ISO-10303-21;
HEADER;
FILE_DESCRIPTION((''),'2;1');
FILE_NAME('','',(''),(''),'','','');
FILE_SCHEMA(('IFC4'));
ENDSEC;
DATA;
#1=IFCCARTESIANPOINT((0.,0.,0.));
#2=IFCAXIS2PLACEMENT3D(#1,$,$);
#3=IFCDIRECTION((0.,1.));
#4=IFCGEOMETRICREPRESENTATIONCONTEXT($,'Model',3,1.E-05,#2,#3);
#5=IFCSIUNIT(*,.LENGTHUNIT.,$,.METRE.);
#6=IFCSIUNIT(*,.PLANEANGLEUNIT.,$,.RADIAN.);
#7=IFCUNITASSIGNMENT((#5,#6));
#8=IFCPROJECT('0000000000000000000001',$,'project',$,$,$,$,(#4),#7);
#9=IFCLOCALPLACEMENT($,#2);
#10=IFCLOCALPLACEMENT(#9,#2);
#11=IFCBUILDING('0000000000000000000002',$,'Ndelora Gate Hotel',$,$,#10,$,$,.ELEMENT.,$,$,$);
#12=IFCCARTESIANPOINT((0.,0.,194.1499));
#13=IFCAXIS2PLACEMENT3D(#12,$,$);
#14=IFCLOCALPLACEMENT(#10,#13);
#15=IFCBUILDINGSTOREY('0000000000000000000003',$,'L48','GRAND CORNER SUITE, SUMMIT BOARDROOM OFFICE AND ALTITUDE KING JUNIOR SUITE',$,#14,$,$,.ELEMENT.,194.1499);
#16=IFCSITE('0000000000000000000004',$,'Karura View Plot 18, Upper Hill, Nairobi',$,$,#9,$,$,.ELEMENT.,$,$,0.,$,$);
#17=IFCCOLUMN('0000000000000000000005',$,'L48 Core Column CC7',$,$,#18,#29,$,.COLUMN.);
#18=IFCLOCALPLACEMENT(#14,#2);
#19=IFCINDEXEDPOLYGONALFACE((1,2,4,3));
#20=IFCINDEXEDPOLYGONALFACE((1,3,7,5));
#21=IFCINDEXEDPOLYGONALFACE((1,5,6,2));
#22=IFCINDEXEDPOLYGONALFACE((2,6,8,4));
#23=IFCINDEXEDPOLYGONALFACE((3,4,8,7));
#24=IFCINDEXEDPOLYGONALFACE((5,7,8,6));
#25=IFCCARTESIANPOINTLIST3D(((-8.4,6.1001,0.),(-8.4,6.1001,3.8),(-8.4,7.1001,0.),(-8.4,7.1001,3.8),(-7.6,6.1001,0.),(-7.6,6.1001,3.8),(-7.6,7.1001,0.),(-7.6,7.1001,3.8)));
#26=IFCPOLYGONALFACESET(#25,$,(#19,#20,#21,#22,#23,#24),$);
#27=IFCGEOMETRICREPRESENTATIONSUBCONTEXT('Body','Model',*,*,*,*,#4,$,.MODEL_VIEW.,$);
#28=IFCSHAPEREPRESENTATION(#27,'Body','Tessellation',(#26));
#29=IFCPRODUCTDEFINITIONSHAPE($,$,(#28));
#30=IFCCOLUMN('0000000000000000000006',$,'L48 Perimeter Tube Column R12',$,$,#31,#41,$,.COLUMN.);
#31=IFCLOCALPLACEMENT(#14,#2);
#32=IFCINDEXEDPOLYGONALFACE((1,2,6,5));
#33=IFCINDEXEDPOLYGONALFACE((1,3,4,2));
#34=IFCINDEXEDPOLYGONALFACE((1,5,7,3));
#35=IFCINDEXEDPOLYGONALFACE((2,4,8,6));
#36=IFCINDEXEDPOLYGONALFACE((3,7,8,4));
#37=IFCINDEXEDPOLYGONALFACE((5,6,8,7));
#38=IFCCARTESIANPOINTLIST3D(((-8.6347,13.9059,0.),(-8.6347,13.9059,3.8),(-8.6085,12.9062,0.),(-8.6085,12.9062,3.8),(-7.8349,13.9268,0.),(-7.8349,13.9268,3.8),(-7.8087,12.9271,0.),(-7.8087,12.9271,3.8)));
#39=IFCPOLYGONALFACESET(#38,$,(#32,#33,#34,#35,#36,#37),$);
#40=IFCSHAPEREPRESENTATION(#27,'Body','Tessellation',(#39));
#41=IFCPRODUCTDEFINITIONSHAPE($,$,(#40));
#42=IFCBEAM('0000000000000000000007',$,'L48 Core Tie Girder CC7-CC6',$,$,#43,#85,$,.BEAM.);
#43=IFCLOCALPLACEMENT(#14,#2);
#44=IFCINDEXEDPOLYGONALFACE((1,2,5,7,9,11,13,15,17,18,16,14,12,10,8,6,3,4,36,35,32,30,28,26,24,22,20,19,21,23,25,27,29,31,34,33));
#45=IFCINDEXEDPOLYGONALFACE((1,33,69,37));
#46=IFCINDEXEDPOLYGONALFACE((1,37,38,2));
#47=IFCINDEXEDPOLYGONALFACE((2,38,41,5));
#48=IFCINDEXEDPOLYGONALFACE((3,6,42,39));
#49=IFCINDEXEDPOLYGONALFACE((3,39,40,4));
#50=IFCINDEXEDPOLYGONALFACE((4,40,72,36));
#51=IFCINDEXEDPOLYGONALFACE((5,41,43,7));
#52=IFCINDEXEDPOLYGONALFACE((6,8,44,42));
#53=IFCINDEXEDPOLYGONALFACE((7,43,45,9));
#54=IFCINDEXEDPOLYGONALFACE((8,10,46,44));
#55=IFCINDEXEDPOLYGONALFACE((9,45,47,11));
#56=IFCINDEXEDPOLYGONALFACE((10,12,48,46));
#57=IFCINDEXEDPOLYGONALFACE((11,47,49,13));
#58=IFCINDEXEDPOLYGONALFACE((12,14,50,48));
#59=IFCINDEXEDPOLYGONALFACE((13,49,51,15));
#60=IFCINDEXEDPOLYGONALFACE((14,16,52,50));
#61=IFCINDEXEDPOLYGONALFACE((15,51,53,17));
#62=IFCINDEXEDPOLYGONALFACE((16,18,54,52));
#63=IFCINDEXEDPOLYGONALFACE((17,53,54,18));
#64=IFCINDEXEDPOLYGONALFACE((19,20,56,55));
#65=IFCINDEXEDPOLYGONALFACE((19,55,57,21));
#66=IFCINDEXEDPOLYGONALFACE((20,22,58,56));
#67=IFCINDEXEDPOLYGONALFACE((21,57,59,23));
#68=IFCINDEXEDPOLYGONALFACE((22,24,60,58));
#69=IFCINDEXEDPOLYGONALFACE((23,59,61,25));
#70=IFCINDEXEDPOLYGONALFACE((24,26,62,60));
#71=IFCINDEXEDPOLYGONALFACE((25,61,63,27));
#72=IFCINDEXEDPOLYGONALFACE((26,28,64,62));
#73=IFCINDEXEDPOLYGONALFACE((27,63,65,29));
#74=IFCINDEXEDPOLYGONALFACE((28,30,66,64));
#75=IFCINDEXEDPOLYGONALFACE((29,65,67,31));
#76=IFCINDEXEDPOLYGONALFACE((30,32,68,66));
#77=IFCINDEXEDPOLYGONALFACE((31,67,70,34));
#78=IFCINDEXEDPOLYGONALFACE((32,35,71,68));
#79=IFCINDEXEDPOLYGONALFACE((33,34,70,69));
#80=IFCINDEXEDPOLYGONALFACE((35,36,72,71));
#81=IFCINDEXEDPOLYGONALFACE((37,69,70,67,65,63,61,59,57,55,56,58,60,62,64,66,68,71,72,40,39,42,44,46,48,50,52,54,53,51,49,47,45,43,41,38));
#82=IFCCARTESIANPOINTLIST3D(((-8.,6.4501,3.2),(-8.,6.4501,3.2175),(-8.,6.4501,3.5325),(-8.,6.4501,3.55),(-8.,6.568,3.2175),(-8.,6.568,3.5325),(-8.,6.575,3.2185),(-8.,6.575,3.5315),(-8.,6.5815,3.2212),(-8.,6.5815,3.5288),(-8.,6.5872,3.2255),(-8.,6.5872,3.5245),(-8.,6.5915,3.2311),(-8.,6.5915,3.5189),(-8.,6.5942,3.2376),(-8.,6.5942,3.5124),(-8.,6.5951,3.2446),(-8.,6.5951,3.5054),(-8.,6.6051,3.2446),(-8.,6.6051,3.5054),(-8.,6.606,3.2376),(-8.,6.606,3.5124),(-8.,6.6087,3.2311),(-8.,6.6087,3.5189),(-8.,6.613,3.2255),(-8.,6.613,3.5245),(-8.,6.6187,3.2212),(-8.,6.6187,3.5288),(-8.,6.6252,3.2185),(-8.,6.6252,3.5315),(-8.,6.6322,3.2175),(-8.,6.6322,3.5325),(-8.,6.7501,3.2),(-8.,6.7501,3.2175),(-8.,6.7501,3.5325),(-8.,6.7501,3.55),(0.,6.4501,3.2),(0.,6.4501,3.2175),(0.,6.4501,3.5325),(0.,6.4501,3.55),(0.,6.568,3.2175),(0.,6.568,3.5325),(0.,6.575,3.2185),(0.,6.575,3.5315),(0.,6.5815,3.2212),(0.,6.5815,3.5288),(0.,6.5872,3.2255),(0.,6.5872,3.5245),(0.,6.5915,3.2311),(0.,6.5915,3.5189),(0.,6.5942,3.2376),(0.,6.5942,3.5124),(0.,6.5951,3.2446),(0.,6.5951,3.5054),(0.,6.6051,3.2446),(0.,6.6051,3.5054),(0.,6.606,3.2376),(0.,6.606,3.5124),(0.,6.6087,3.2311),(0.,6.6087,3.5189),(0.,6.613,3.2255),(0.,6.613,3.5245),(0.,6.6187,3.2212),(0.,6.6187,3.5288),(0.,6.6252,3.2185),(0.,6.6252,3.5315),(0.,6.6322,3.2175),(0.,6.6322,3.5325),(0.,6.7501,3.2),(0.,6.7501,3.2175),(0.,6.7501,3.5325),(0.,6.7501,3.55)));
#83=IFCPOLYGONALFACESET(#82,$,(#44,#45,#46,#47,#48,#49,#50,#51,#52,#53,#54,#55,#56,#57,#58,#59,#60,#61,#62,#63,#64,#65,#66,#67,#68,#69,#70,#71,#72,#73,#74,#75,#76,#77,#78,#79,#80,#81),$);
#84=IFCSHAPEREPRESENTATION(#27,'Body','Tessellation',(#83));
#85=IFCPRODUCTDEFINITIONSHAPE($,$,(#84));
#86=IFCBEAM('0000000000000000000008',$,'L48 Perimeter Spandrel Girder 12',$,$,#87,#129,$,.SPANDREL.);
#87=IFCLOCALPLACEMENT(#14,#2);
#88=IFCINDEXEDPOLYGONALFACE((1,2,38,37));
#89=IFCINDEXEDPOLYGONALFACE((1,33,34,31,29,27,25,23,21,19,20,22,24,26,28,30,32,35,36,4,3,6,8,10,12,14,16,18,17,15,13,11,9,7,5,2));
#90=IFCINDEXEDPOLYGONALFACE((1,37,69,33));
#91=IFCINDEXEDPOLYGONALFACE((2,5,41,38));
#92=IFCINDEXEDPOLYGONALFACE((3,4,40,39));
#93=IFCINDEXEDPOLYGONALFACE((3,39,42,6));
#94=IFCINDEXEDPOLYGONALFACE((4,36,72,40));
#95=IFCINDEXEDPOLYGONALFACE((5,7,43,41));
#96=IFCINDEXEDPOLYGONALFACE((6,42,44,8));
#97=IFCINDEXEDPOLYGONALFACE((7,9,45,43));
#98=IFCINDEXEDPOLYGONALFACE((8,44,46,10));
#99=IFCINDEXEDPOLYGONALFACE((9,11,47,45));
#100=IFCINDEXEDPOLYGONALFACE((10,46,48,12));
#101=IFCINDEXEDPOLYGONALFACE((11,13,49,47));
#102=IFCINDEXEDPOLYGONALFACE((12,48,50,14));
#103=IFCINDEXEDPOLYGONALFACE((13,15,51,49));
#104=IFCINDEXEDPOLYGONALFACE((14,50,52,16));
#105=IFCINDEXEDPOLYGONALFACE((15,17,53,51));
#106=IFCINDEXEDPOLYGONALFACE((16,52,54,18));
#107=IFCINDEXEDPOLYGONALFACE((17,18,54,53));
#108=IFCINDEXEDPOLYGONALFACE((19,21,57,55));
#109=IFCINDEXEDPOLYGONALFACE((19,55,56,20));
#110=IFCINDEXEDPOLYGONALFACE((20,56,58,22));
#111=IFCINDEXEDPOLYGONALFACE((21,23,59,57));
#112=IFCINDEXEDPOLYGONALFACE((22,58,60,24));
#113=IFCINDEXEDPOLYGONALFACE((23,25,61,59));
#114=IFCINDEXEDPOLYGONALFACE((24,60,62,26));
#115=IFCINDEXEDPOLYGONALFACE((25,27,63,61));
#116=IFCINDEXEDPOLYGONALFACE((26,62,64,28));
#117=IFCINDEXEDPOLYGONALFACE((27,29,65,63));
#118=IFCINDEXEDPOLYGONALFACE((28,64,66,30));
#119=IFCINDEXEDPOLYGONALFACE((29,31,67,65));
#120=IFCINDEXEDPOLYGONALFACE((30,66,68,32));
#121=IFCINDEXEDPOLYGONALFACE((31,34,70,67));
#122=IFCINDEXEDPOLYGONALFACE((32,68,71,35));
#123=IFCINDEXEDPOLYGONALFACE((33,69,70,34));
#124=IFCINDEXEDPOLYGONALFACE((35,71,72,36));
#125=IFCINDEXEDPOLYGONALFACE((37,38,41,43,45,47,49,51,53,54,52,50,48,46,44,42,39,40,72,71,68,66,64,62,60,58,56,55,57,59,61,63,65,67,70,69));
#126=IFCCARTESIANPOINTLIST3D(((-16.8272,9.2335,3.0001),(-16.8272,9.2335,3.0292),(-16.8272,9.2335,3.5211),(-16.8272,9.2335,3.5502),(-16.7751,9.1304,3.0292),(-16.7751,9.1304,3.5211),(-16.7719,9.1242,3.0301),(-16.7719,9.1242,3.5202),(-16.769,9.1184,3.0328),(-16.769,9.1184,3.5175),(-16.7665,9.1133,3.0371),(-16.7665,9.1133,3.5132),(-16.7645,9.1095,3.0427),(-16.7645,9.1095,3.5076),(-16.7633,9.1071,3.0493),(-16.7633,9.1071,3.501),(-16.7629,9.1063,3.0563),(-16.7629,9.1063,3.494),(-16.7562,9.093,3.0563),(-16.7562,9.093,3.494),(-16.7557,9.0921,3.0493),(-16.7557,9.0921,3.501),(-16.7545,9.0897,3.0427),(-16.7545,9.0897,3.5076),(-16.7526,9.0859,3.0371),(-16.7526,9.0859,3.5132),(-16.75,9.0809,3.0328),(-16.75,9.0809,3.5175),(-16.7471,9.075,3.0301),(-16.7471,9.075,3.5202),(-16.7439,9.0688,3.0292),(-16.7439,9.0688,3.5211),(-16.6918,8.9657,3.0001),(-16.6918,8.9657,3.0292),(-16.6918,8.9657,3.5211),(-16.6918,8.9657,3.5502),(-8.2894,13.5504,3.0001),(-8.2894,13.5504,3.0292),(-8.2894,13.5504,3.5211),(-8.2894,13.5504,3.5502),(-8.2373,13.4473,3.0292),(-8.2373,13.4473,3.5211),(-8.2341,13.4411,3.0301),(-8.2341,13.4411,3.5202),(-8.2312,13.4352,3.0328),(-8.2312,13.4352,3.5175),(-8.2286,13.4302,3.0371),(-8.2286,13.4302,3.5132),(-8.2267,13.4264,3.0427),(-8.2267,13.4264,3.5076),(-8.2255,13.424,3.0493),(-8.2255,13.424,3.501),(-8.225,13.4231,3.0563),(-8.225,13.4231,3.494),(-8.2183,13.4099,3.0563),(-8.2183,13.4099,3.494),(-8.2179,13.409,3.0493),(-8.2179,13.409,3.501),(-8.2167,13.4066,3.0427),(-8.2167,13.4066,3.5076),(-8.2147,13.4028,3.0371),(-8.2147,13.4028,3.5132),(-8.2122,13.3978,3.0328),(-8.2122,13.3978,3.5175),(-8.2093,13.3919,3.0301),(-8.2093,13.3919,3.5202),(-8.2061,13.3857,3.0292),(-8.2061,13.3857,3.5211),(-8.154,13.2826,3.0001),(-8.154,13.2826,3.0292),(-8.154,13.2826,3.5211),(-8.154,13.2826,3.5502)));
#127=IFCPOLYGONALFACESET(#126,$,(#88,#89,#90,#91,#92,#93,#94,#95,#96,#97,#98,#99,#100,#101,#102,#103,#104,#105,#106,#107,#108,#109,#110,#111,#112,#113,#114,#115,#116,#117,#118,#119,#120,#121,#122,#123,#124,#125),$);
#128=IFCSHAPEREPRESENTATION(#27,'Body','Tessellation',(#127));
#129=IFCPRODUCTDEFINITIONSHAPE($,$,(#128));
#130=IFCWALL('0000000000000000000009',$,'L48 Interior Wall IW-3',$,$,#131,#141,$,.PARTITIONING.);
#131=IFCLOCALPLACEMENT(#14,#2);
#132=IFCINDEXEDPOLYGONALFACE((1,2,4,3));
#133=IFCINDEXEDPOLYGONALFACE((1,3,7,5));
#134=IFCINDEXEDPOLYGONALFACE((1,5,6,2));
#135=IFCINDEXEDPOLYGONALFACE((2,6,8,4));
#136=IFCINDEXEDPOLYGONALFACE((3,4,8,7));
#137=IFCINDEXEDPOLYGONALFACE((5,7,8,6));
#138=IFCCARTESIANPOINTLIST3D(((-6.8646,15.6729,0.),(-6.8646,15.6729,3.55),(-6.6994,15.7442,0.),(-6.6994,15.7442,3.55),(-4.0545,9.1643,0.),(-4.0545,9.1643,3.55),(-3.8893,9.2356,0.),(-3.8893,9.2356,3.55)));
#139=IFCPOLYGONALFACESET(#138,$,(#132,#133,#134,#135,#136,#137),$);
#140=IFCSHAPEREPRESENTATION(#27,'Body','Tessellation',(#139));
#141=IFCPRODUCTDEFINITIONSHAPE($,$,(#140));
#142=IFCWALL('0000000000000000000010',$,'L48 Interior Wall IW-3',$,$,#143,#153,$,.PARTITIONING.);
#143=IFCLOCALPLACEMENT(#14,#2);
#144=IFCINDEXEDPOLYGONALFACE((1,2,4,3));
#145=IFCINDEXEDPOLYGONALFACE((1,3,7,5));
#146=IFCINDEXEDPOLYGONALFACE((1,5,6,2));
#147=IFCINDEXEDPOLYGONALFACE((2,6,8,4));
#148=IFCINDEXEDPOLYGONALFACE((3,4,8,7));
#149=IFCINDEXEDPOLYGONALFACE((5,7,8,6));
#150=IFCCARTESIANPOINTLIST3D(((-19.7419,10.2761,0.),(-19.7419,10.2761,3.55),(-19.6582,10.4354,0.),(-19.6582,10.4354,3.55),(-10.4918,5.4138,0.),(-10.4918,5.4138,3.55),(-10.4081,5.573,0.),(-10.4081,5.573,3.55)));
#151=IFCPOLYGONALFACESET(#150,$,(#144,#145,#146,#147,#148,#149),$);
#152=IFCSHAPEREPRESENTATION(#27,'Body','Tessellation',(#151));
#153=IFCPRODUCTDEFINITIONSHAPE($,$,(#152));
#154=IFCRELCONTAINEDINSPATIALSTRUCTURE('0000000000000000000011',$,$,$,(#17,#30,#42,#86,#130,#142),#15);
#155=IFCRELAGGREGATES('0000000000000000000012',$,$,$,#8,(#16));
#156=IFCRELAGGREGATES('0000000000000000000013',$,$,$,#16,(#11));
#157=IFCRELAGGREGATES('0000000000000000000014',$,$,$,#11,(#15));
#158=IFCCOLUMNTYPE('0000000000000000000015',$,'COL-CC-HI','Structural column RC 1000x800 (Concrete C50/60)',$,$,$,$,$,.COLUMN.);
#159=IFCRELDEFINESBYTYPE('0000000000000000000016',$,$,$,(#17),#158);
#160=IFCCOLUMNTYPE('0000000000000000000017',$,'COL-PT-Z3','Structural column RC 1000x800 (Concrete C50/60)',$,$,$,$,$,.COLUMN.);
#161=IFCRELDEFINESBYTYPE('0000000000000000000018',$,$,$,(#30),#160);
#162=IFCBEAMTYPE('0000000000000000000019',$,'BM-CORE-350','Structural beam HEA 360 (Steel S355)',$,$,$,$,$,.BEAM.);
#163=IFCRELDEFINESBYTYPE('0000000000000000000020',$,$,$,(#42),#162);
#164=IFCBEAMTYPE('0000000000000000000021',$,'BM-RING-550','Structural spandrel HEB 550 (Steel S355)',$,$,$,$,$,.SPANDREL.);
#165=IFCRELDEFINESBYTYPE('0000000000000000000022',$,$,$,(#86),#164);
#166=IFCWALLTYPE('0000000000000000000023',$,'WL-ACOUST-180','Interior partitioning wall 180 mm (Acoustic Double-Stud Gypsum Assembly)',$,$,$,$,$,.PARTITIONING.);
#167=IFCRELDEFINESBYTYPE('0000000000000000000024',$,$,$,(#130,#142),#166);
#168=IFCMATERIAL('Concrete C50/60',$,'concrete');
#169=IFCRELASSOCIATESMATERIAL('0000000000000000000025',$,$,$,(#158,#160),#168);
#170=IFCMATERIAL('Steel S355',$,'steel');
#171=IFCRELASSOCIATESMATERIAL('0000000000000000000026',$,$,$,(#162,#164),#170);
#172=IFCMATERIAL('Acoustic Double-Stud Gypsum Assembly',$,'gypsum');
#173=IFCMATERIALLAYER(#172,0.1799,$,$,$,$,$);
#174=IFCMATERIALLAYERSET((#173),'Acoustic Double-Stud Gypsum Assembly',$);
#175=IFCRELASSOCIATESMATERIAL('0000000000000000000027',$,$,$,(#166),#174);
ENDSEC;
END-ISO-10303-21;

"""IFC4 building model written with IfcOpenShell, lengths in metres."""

from ifc_helpers import new_model, si_unit, direction, frame, frame_2d, origin, origin_2d, place, context, subcontext, project, spatial, rectangle, i_section, extrude, material, layer, layer_set, material_profile, profile_set, type_object, element, save


model = new_model("IFC4")

# Units and contexts
model_context = context("Model", 3, precision=1e-05, world=origin(), true_north=direction((0.0, 1.0)))
body_context = subcontext(model_context, "Body", "Model", "MODEL_VIEW")
ifc_project = project(units=[si_unit("LENGTHUNIT", "METRE"), si_unit("PLANEANGLEUNIT", "RADIAN")], contexts=[model_context])

# Site, building, storey
site_placement = place(None, origin())
site = spatial("IfcSite", under=ifc_project, at=site_placement, Name="Karura View Plot 18, Upper Hill, Nairobi", CompositionType="ELEMENT", RefElevation=0.0)
building_placement = place(site_placement, origin())
building = spatial("IfcBuilding", under=site, at=building_placement, Name="Ndelora Gate Hotel", CompositionType="ELEMENT")
storey_placement = place(building_placement, frame((0.0, 0.0, 194.1499)))
storey = spatial("IfcBuildingStorey", under=building, at=storey_placement, Name="L48", Description="GRAND CORNER SUITE, SUMMIT BOARDROOM OFFICE AND ALTITUDE KING JUNIOR SUITE", CompositionType="ELEMENT", Elevation=194.1499)

# Columns
ifc_material_1 = material(Name="Concrete C50/60", Category="concrete")
ifc_material_profile_1 = material_profile(ifc_material_1, rectangle(XDim=0.8, YDim=1.0, at=origin_2d()), Name="RC 1000x800")
ifc_profile_set_1 = profile_set([ifc_material_profile_1], Name="Concrete C50/60")
column_type_1 = type_object("IfcColumnType", Name="COL-CC-HI", Description="Structural column RC 1000x800 (Concrete C50/60)", PredefinedType="COLUMN", material=ifc_profile_set_1)
column_1_placement = place(storey_placement, frame((-8.0, 6.6001, 0.0), z_axis=(0.0, 0.0, 1.0), x_axis=(1.0, 0.0, 0.0)))
element("IfcColumn", 1, at=column_1_placement, inside=storey, type_object=column_type_1, Name="L48 Core Column CC7", PredefinedType="COLUMN", context=body_context, shape_type="SweptSolid", body=[
    extrude(rectangle(XDim=0.8, YDim=1.0, at=origin_2d()), origin(), (0.0, 0.0, 1.0), 3.8),
])
ifc_material_profile_2 = material_profile(ifc_material_1, rectangle(XDim=0.8, YDim=1.0, at=origin_2d()), Name="RC 1000x800")
ifc_profile_set_2 = profile_set([ifc_material_profile_2], Name="Concrete C50/60")
column_type_2 = type_object("IfcColumnType", Name="COL-PT-Z3", Description="Structural column RC 1000x800 (Concrete C50/60)", PredefinedType="COLUMN", material=ifc_profile_set_2)
column_2_placement = place(storey_placement, frame((-8.2217, 13.4165, 0.0), z_axis=(0.0, 0.0, 1.0), x_axis=(0.999657, 0.026177, 0.0)))
element("IfcColumn", 2, at=column_2_placement, inside=storey, type_object=column_type_2, Name="L48 Perimeter Tube Column R12", PredefinedType="COLUMN", context=body_context, shape_type="SweptSolid", body=[
    extrude(rectangle(XDim=0.8, YDim=1.0, at=origin_2d()), origin(), (0.0, 0.0, 1.0), 3.8),
])

# Beams
ifc_material_2 = material(Name="Steel S355", Category="steel")
ifc_material_profile_3 = material_profile(ifc_material_2, i_section(OverallWidth=0.3, OverallDepth=0.3501, WebThickness=0.01, FlangeThickness=0.0176, FilletRadius=0.0271, at=origin_2d()), Name="HEA 360")
ifc_profile_set_3 = profile_set([ifc_material_profile_3], Name="Steel S355")
beam_type_1 = type_object("IfcBeamType", Name="BM-CORE-350", Description="Structural beam HEA 360 (Steel S355)", PredefinedType="BEAM", material=ifc_profile_set_3)
beam_1_placement = place(storey_placement, frame((-8.0, 6.6001, 3.375), z_axis=(1.0, 0.0, 0.0), x_axis=(0.0, 1.0, 0.0)))
element("IfcBeam", 3, at=beam_1_placement, inside=storey, type_object=beam_type_1, Name="L48 Core Tie Girder CC7-CC6", PredefinedType="BEAM", context=body_context, shape_type="SweptSolid", body=[
    extrude(i_section(OverallWidth=0.3, OverallDepth=0.3501, WebThickness=0.01, FlangeThickness=0.0176, FilletRadius=0.0271, at=origin_2d()), origin(), (0.0, 0.0, 1.0), 8.0),
])
ifc_material_profile_4 = material_profile(ifc_material_2, i_section(OverallWidth=0.3, OverallDepth=0.55, WebThickness=0.0149, FlangeThickness=0.0291, FilletRadius=0.0271, at=origin_2d()), Name="HEB 550")
ifc_profile_set_4 = profile_set([ifc_material_profile_4], Name="Steel S355")
beam_type_2 = type_object("IfcBeamType", Name="BM-RING-550", Description="Structural spandrel HEB 550 (Steel S355)", PredefinedType="SPANDREL", material=ifc_profile_set_4)
beam_2_placement = place(storey_placement, frame((-8.2217, 13.4165, 3.2751), z_axis=(-0.892412, -0.451221, 0.0), x_axis=(0.451221, -0.892412, 0.0)))
element("IfcBeam", 4, at=beam_2_placement, inside=storey, type_object=beam_type_2, Name="L48 Perimeter Spandrel Girder 12", PredefinedType="SPANDREL", context=body_context, shape_type="SweptSolid", body=[
    extrude(i_section(OverallWidth=0.3, OverallDepth=0.55, WebThickness=0.0149, FlangeThickness=0.0291, FilletRadius=0.0271, at=origin_2d()), origin(), (0.0, 0.0, 1.0), 9.5671),
])

# Walls
ifc_material_3 = material(Name="Acoustic Double-Stud Gypsum Assembly", Category="gypsum")
ifc_layer_1 = layer(ifc_material_3, 0.1799)
ifc_layer_set_1 = layer_set([ifc_layer_1], Name="Acoustic Double-Stud Gypsum Assembly")
wall_type_1 = type_object("IfcWallType", Name="WL-ACOUST-180", Description="Interior partitioning wall 180 mm (Acoustic Double-Stud Gypsum Assembly)", PredefinedType="PARTITIONING", material=ifc_layer_set_1)
wall_1_placement = place(storey_placement, frame((-3.9719, 9.2, 0.0), z_axis=(0.0, 0.0, 1.0), x_axis=(-0.396383, 0.918085, 0.0)))
element("IfcWall", 5, at=wall_1_placement, inside=storey, type_object=wall_type_1, Name="L48 Interior Wall IW-3", PredefinedType="PARTITIONING", context=body_context, shape_type="SweptSolid", body=[
    extrude(rectangle(XDim=7.0894, YDim=0.1799, at=frame_2d((3.5447, 0.0))), origin(), (0.0, 0.0, 1.0), 3.55),
])
wall_2_placement = place(storey_placement, frame((-10.45, 5.4934, 0.0), z_axis=(0.0, 0.0, 1.0), x_axis=(-0.885159, 0.465288, 0.0)))
element("IfcWall", 6, at=wall_2_placement, inside=storey, type_object=wall_type_1, Name="L48 Interior Wall IW-3", PredefinedType="PARTITIONING", context=body_context, shape_type="SweptSolid", body=[
    extrude(rectangle(XDim=10.4502, YDim=0.1799, at=frame_2d((5.2251, 0.0))), origin(), (0.0, 0.0, 1.0), 3.55),
])

save(model, "model.ifc")
